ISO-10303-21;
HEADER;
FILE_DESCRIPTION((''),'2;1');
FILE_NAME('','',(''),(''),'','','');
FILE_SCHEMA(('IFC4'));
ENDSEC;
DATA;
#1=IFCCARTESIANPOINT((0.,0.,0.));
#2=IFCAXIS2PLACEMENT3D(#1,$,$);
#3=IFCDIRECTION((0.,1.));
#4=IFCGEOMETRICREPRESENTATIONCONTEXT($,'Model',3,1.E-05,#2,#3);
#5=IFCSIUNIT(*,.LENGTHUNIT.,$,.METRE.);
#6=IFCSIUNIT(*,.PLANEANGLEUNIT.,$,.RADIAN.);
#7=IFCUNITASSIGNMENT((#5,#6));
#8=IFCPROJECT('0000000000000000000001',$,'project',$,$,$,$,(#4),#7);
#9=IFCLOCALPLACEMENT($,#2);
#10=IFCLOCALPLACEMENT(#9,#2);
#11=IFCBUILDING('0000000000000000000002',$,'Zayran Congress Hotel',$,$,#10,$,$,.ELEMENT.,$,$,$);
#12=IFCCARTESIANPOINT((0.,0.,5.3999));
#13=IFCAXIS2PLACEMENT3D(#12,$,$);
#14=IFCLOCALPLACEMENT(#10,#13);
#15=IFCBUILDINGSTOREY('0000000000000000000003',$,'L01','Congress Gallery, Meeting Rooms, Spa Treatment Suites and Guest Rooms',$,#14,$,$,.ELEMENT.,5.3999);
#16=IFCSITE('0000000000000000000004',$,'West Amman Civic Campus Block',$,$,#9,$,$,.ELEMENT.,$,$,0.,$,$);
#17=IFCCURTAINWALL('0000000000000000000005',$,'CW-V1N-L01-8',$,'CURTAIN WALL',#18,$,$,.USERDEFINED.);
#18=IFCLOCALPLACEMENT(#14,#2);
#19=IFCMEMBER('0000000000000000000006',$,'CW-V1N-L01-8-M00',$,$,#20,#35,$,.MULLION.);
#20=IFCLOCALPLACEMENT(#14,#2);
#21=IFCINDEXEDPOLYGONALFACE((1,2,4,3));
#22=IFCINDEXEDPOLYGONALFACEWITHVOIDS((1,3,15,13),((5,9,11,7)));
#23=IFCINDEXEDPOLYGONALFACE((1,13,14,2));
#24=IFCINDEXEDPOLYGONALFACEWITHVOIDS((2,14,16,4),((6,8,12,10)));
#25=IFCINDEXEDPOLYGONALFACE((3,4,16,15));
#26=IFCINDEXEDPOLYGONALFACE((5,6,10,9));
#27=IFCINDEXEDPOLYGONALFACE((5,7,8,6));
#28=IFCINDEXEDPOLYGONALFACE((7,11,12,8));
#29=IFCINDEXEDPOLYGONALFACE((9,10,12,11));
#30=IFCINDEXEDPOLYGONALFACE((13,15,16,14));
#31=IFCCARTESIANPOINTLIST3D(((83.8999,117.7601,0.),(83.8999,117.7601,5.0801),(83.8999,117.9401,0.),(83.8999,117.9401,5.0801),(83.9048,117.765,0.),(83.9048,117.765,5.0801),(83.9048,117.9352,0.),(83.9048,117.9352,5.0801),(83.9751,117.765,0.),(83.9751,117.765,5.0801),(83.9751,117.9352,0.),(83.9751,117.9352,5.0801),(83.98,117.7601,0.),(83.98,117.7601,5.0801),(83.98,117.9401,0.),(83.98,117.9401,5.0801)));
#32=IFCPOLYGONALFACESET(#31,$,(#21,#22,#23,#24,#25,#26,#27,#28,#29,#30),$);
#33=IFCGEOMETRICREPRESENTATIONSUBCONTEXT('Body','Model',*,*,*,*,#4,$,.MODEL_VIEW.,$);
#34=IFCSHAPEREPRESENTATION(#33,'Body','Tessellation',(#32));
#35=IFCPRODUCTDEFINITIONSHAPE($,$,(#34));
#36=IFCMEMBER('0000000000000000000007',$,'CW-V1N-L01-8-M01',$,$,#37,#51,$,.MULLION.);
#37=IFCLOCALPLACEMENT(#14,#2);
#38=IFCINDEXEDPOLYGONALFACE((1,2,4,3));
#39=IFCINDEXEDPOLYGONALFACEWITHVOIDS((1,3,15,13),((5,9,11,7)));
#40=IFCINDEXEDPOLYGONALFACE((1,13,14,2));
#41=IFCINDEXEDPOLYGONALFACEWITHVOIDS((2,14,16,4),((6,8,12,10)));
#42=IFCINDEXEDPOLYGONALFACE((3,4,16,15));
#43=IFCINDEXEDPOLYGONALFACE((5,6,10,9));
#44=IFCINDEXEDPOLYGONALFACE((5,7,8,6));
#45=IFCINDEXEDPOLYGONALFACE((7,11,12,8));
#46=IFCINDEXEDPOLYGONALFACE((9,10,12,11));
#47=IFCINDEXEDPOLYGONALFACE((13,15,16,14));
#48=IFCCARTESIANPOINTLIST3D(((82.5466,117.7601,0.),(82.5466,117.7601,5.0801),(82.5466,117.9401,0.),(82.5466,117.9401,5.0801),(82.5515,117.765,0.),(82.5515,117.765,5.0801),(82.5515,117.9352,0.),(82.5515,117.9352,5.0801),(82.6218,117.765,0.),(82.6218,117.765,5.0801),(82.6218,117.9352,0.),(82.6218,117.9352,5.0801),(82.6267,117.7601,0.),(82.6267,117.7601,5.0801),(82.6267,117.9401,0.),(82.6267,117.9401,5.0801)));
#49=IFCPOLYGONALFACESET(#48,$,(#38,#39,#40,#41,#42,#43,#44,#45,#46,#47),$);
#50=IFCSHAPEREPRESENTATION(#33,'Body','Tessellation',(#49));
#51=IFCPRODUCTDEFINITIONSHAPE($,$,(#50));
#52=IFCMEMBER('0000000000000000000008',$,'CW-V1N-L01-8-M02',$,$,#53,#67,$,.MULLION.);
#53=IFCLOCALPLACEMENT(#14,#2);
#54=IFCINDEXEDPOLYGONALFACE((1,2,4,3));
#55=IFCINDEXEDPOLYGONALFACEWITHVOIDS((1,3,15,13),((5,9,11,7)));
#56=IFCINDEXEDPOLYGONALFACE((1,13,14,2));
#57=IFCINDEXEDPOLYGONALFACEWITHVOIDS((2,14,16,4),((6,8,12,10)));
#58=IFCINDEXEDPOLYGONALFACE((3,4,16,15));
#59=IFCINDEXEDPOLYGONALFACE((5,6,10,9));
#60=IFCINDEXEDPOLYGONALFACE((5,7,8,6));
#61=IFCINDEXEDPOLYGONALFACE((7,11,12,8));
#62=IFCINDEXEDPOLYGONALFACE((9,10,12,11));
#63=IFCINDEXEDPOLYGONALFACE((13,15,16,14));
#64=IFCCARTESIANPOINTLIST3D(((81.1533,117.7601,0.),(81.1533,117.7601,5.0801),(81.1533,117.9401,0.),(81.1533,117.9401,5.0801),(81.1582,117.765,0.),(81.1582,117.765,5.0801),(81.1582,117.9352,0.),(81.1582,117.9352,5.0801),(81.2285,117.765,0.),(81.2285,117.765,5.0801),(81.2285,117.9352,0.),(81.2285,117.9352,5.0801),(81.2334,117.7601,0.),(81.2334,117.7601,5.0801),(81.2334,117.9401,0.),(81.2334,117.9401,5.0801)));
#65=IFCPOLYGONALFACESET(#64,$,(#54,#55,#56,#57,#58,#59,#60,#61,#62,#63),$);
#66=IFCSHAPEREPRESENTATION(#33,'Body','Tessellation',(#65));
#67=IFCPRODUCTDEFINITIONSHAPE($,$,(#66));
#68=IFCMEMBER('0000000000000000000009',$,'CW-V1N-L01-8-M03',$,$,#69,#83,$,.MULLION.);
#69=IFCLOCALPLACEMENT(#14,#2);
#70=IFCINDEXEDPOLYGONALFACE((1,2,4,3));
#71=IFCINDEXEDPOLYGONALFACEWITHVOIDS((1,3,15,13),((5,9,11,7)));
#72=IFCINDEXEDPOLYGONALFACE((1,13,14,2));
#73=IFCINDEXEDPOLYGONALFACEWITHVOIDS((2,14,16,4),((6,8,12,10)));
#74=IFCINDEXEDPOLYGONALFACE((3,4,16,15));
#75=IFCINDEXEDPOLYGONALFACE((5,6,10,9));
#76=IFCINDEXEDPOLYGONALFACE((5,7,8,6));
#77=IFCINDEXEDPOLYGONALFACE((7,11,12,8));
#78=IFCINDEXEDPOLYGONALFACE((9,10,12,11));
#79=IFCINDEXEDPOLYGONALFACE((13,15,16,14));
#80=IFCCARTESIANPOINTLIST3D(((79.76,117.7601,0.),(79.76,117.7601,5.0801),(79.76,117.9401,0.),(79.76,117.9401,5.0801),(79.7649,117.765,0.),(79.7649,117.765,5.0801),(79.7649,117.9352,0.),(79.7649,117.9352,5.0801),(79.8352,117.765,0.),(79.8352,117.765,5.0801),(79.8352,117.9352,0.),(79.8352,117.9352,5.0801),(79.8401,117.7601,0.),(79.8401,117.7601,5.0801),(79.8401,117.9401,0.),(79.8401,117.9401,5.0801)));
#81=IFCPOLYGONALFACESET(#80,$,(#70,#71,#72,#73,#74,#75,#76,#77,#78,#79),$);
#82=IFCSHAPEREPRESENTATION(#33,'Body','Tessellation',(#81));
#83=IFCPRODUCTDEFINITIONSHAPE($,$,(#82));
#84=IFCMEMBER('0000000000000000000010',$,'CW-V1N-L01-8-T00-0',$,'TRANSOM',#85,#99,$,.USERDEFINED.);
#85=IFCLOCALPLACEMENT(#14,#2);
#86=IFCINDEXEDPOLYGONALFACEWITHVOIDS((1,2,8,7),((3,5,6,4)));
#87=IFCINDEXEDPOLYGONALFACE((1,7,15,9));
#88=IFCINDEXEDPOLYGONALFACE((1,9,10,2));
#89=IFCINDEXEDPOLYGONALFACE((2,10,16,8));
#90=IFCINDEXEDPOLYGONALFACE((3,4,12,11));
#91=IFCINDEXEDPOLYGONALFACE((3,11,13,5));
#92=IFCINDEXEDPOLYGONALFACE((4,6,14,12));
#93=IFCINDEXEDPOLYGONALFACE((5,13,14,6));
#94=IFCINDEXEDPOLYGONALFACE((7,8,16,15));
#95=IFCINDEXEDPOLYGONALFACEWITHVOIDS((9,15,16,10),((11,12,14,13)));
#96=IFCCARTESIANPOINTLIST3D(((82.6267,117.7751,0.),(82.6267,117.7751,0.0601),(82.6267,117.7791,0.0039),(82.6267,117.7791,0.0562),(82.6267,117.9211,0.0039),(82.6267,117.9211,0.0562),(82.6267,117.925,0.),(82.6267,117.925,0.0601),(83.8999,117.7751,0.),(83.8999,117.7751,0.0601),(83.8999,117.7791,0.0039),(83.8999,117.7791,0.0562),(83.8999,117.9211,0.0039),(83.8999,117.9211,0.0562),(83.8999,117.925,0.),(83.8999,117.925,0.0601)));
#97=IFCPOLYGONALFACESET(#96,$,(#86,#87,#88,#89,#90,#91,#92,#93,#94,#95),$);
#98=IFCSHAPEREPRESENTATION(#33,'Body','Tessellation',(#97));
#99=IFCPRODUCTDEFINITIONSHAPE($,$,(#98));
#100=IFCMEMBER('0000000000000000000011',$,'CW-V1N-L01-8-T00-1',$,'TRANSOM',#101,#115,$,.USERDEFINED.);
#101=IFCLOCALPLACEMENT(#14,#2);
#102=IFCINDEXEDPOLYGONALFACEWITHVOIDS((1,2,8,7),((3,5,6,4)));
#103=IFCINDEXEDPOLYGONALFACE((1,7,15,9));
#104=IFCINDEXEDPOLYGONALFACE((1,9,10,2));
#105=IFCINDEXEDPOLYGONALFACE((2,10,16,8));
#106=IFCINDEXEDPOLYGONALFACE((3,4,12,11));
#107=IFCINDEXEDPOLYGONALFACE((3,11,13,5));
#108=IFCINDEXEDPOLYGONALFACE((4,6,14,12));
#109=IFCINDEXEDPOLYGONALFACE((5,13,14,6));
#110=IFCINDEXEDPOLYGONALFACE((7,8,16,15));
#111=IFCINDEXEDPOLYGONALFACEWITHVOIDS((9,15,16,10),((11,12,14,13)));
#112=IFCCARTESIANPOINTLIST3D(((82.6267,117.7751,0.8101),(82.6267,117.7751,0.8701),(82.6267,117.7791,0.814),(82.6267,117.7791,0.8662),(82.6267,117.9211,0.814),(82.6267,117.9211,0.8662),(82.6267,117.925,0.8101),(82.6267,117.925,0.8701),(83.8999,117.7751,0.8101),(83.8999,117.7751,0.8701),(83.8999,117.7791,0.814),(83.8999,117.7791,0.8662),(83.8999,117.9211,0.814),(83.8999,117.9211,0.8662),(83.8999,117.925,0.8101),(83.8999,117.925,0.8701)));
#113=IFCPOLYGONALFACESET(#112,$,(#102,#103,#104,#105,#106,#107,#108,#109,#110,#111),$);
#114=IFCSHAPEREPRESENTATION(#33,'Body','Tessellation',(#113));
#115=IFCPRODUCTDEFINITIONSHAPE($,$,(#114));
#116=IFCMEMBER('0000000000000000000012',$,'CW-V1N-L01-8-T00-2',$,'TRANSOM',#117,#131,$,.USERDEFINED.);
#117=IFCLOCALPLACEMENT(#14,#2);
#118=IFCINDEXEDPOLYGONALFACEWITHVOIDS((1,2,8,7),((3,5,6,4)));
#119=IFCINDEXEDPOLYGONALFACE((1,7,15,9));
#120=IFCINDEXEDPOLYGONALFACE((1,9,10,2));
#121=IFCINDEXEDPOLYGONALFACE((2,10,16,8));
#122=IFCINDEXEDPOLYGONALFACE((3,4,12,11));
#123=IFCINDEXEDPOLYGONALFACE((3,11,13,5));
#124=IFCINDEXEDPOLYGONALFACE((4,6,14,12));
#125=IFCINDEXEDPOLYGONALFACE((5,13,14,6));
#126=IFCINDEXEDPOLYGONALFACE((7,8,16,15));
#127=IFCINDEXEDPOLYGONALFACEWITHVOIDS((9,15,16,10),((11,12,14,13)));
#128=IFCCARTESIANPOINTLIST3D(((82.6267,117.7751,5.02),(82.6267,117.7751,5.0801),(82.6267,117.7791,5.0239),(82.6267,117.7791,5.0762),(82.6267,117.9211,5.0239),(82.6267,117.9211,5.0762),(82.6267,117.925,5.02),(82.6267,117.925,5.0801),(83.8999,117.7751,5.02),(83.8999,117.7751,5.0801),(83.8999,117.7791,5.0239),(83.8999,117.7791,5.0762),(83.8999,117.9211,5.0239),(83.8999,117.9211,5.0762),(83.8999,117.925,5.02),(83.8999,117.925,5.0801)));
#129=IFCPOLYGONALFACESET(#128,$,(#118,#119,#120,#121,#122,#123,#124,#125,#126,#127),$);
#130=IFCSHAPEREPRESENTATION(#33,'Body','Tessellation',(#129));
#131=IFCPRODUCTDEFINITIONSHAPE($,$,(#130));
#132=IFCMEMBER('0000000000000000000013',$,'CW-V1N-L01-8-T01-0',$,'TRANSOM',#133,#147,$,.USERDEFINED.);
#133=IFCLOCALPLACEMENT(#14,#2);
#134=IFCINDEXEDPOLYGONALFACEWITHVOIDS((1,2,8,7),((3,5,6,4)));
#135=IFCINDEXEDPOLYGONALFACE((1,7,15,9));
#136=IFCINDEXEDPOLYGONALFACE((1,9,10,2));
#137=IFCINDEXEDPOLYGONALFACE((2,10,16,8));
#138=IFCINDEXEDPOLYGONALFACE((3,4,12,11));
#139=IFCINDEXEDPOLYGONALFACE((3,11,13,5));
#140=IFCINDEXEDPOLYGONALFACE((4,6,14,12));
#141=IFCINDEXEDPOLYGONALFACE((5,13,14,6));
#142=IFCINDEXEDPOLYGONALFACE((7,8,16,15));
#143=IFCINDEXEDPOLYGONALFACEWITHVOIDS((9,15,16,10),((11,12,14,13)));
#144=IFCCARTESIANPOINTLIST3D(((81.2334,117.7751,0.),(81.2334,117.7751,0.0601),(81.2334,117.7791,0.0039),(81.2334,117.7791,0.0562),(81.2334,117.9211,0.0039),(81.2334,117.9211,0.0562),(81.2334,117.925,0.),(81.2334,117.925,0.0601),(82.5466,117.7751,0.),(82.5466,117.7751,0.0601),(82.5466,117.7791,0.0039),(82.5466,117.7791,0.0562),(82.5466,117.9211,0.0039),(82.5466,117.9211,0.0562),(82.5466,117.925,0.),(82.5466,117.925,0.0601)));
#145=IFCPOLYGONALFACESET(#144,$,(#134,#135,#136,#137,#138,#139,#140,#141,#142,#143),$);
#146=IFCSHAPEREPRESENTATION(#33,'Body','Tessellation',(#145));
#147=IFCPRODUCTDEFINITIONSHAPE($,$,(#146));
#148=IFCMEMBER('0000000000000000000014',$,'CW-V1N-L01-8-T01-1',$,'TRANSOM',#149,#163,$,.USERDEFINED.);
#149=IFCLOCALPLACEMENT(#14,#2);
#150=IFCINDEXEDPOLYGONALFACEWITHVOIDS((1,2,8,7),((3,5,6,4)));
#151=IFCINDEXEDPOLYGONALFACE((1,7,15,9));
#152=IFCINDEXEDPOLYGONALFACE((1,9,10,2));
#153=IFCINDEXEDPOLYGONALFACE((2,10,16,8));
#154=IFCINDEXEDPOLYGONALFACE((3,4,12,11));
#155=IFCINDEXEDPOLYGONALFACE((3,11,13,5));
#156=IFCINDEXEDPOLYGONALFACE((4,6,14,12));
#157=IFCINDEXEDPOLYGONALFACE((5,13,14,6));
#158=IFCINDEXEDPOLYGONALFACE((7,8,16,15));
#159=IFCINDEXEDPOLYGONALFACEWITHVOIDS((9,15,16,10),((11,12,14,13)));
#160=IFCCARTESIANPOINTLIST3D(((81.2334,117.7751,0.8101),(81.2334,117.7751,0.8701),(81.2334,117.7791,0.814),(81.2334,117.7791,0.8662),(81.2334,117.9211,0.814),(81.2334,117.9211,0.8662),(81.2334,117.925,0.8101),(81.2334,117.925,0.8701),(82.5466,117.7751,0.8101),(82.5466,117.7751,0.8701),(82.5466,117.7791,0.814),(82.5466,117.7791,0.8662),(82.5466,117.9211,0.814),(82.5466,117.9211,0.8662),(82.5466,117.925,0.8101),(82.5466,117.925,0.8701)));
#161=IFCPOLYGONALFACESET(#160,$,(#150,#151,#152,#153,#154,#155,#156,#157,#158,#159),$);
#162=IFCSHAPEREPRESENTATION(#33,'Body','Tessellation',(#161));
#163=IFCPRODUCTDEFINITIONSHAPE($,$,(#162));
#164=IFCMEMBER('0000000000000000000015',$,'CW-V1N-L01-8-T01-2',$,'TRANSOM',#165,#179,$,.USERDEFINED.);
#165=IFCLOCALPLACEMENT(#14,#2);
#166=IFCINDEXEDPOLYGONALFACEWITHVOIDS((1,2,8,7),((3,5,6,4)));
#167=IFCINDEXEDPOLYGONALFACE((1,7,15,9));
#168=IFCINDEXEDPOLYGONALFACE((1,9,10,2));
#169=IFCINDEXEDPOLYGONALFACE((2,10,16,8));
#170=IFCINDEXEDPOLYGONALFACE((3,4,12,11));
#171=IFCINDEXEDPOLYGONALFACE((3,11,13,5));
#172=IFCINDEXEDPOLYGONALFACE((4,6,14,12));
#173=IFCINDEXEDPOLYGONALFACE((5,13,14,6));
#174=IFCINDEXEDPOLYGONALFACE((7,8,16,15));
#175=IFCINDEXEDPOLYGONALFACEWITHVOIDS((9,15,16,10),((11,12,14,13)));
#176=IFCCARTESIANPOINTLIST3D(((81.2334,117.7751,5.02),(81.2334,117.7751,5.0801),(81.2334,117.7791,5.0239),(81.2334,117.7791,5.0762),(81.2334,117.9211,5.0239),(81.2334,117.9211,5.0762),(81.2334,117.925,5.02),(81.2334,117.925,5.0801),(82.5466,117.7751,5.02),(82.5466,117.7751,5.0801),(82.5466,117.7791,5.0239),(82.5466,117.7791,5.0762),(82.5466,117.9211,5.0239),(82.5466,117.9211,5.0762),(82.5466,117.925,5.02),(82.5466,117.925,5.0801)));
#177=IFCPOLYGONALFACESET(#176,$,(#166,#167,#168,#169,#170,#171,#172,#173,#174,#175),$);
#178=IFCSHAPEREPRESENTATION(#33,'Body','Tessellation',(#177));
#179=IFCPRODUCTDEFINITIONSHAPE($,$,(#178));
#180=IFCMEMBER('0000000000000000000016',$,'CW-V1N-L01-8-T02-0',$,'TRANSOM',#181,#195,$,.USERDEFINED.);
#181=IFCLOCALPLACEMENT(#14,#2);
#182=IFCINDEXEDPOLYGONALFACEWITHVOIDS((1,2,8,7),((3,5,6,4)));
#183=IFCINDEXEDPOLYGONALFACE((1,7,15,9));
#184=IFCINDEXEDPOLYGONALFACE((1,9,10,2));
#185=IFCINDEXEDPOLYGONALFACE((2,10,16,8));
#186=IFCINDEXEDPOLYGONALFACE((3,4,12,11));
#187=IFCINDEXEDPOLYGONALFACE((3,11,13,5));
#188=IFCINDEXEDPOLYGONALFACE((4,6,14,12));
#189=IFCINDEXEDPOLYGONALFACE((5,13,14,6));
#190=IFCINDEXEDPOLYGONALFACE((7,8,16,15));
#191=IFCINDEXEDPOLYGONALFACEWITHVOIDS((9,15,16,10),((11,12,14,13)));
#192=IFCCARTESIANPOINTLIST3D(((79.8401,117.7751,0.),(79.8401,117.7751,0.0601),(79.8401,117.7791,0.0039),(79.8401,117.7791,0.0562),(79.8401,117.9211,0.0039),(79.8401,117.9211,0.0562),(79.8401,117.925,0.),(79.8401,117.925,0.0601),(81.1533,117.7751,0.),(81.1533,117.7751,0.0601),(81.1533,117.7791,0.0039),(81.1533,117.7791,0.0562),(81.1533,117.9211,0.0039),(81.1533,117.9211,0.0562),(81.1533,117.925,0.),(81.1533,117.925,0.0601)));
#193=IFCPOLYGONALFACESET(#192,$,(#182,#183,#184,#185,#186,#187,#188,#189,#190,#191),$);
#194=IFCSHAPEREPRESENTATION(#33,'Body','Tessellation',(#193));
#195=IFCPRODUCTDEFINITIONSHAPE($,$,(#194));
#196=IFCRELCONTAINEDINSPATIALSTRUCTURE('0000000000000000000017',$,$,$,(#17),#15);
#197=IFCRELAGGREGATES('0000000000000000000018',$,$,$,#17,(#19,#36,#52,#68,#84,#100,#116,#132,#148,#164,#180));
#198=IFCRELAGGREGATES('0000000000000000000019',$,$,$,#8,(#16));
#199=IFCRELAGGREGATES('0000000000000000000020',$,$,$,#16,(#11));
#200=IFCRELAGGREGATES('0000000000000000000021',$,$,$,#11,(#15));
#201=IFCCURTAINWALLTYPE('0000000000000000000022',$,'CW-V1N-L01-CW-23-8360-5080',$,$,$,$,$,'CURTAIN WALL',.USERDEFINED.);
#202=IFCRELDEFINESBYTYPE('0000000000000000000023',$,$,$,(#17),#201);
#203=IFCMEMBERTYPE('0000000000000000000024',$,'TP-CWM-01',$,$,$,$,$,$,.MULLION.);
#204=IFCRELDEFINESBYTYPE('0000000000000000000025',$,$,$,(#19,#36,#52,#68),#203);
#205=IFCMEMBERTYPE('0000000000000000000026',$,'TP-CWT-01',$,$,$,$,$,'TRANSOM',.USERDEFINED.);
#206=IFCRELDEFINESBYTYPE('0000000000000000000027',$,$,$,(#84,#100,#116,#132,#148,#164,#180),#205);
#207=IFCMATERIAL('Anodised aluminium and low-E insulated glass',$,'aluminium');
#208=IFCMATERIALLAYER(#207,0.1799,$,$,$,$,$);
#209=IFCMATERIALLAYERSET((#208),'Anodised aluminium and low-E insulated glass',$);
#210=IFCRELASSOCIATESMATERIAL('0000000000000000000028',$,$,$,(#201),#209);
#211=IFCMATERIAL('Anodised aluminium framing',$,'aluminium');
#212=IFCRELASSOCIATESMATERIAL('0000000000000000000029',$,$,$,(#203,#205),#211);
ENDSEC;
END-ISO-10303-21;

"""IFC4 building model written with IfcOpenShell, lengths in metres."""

from ifc_helpers import new_model, si_unit, direction, frame, origin, origin_2d, place, context, subcontext, project, spatial, hollow_rectangle, extrude, material, layer, layer_set, material_profile, profile_set, type_object, element, aggregate, save


model = new_model("IFC4")

# Units and contexts
model_context = context("Model", 3, precision=1e-05, world=origin(), true_north=direction((0.0, 1.0)))
body_context = subcontext(model_context, "Body", "Model", "MODEL_VIEW")
ifc_project = project(units=[si_unit("LENGTHUNIT", "METRE"), si_unit("PLANEANGLEUNIT", "RADIAN")], contexts=[model_context])

# Site, building, storey
site_placement = place(None, origin())
site = spatial("IfcSite", under=ifc_project, at=site_placement, Name="West Amman Civic Campus Block", CompositionType="ELEMENT", RefElevation=0.0)
building_placement = place(site_placement, origin())
building = spatial("IfcBuilding", under=site, at=building_placement, Name="Zayran Congress Hotel", CompositionType="ELEMENT")
storey_placement = place(building_placement, frame((0.0, 0.0, 5.3999)))
storey = spatial("IfcBuildingStorey", under=building, at=storey_placement, Name="L01", Description="Congress Gallery, Meeting Rooms, Spa Treatment Suites and Guest Rooms", CompositionType="ELEMENT", Elevation=5.3999)

# Curtain wall, members
ifc_material_1 = material(Name="Anodised aluminium and low-E insulated glass", Category="aluminium")
ifc_layer_1 = layer(ifc_material_1, 0.1799)
ifc_layer_set_1 = layer_set([ifc_layer_1], Name="Anodised aluminium and low-E insulated glass")
curtain_wall_type = type_object("IfcCurtainWallType", Name="CW-V1N-L01-CW-23-8360-5080", ElementType="CURTAIN WALL", PredefinedType="USERDEFINED", material=ifc_layer_set_1)
curtain_wall_placement = place(storey_placement, origin())
curtain_wall = element("IfcCurtainWall", 1, at=curtain_wall_placement, inside=storey, type_object=curtain_wall_type, Name="CW-V1N-L01-8", ObjectType="CURTAIN WALL", PredefinedType="USERDEFINED")
ifc_material_2 = material(Name="Anodised aluminium framing", Category="aluminium")
ifc_material_profile_1 = material_profile(ifc_material_2, hollow_rectangle(XDim=0.0801, YDim=0.1799, WallThickness=0.0049, at=origin_2d()), Name="RHS 180x80x5")
ifc_profile_set_1 = profile_set([ifc_material_profile_1], Name="Anodised aluminium framing")
member_type_1 = type_object("IfcMemberType", Name="TP-CWM-01", PredefinedType="MULLION", material=ifc_profile_set_1)
member_1_placement = place(storey_placement, frame((83.9399, 117.8501, 0.0), z_axis=(0.0, 0.0, 1.0), x_axis=(1.0, 0.0, 0.0)))
member_1 = element("IfcMember", 2, at=member_1_placement, type_object=member_type_1, Name="CW-V1N-L01-8-M00", PredefinedType="MULLION", context=body_context, shape_type="SweptSolid", body=[
    extrude(hollow_rectangle(XDim=0.0801, YDim=0.1799, WallThickness=0.0049, at=origin_2d()), origin(), (0.0, 0.0, 1.0), 5.0801),
])
member_2_placement = place(storey_placement, frame((82.5867, 117.8501, 0.0), z_axis=(0.0, 0.0, 1.0), x_axis=(1.0, 0.0, 0.0)))
member_2 = element("IfcMember", 3, at=member_2_placement, type_object=member_type_1, Name="CW-V1N-L01-8-M01", PredefinedType="MULLION", context=body_context, shape_type="SweptSolid", body=[
    extrude(hollow_rectangle(XDim=0.0801, YDim=0.1799, WallThickness=0.0049, at=origin_2d()), origin(), (0.0, 0.0, 1.0), 5.0801),
])
member_3_placement = place(storey_placement, frame((81.1934, 117.8501, 0.0), z_axis=(0.0, 0.0, 1.0), x_axis=(1.0, 0.0, 0.0)))
member_3 = element("IfcMember", 4, at=member_3_placement, type_object=member_type_1, Name="CW-V1N-L01-8-M02", PredefinedType="MULLION", context=body_context, shape_type="SweptSolid", body=[
    extrude(hollow_rectangle(XDim=0.0801, YDim=0.1799, WallThickness=0.0049, at=origin_2d()), origin(), (0.0, 0.0, 1.0), 5.0801),
])
member_4_placement = place(storey_placement, frame((79.8, 117.8501, 0.0), z_axis=(0.0, 0.0, 1.0), x_axis=(1.0, 0.0, 0.0)))
member_4 = element("IfcMember", 5, at=member_4_placement, type_object=member_type_1, Name="CW-V1N-L01-8-M03", PredefinedType="MULLION", context=body_context, shape_type="SweptSolid", body=[
    extrude(hollow_rectangle(XDim=0.0801, YDim=0.1799, WallThickness=0.0049, at=origin_2d()), origin(), (0.0, 0.0, 1.0), 5.0801),
])
ifc_material_profile_2 = material_profile(ifc_material_2, hollow_rectangle(XDim=0.0601, YDim=0.1499, WallThickness=0.0039, at=origin_2d()), Name="RHS 150x60x4")
ifc_profile_set_2 = profile_set([ifc_material_profile_2], Name="Anodised aluminium framing")
member_type_2 = type_object("IfcMemberType", Name="TP-CWT-01", ElementType="TRANSOM", PredefinedType="USERDEFINED", material=ifc_profile_set_2)
member_5_placement = place(storey_placement, frame((83.8999, 117.8501, 0.03), z_axis=(-1.0, 0.0, 0.0), x_axis=(0.0, 0.0, 1.0)))
member_5 = element("IfcMember", 6, at=member_5_placement, type_object=member_type_2, Name="CW-V1N-L01-8-T00-0", ObjectType="TRANSOM", PredefinedType="USERDEFINED", context=body_context, shape_type="SweptSolid", body=[
    extrude(hollow_rectangle(XDim=0.0601, YDim=0.1499, WallThickness=0.0039, at=origin_2d()), origin(), (0.0, 0.0, 1.0), 1.2732),
])
member_6_placement = place(storey_placement, frame((83.8999, 117.8501, 0.8401), z_axis=(-1.0, 0.0, 0.0), x_axis=(0.0, 0.0, 1.0)))
member_6 = element("IfcMember", 7, at=member_6_placement, type_object=member_type_2, Name="CW-V1N-L01-8-T00-1", ObjectType="TRANSOM", PredefinedType="USERDEFINED", context=body_context, shape_type="SweptSolid", body=[
    extrude(hollow_rectangle(XDim=0.0601, YDim=0.1499, WallThickness=0.0039, at=origin_2d()), origin(), (0.0, 0.0, 1.0), 1.2732),
])
member_7_placement = place(storey_placement, frame((83.8999, 117.8501, 5.05), z_axis=(-1.0, 0.0, 0.0), x_axis=(0.0, 0.0, 1.0)))
member_7 = element("IfcMember", 8, at=member_7_placement, type_object=member_type_2, Name="CW-V1N-L01-8-T00-2", ObjectType="TRANSOM", PredefinedType="USERDEFINED", context=body_context, shape_type="SweptSolid", body=[
    extrude(hollow_rectangle(XDim=0.0601, YDim=0.1499, WallThickness=0.0039, at=origin_2d()), origin(), (0.0, 0.0, 1.0), 1.2732),
])
member_8_placement = place(storey_placement, frame((82.5466, 117.8501, 0.03), z_axis=(-1.0, 0.0, 0.0), x_axis=(0.0, 0.0, 1.0)))
member_8 = element("IfcMember", 9, at=member_8_placement, type_object=member_type_2, Name="CW-V1N-L01-8-T01-0", ObjectType="TRANSOM", PredefinedType="USERDEFINED", context=body_context, shape_type="SweptSolid", body=[
    extrude(hollow_rectangle(XDim=0.0601, YDim=0.1499, WallThickness=0.0039, at=origin_2d()), origin(), (0.0, 0.0, 1.0), 1.3132),
])
member_9_placement = place(storey_placement, frame((82.5466, 117.8501, 0.8401), z_axis=(-1.0, 0.0, 0.0), x_axis=(0.0, 0.0, 1.0)))
member_9 = element("IfcMember", 10, at=member_9_placement, type_object=member_type_2, Name="CW-V1N-L01-8-T01-1", ObjectType="TRANSOM", PredefinedType="USERDEFINED", context=body_context, shape_type="SweptSolid", body=[
    extrude(hollow_rectangle(XDim=0.0601, YDim=0.1499, WallThickness=0.0039, at=origin_2d()), origin(), (0.0, 0.0, 1.0), 1.3132),
])
member_10_placement = place(storey_placement, frame((82.5466, 117.8501, 5.05), z_axis=(-1.0, 0.0, 0.0), x_axis=(0.0, 0.0, 1.0)))
member_10 = element("IfcMember", 11, at=member_10_placement, type_object=member_type_2, Name="CW-V1N-L01-8-T01-2", ObjectType="TRANSOM", PredefinedType="USERDEFINED", context=body_context, shape_type="SweptSolid", body=[
    extrude(hollow_rectangle(XDim=0.0601, YDim=0.1499, WallThickness=0.0039, at=origin_2d()), origin(), (0.0, 0.0, 1.0), 1.3132),
])
member_11_placement = place(storey_placement, frame((81.1533, 117.8501, 0.03), z_axis=(-1.0, 0.0, 0.0), x_axis=(0.0, 0.0, 1.0)))
member_11 = element("IfcMember", 12, at=member_11_placement, type_object=member_type_2, Name="CW-V1N-L01-8-T02-0", ObjectType="TRANSOM", PredefinedType="USERDEFINED", context=body_context, shape_type="SweptSolid", body=[
    extrude(hollow_rectangle(XDim=0.0601, YDim=0.1499, WallThickness=0.0039, at=origin_2d()), origin(), (0.0, 0.0, 1.0), 1.3132),
])
aggregate(curtain_wall, [member_1, member_2, member_3, member_4, member_5, member_6, member_7, member_8, member_9, member_10, member_11])

save(model, "model.ifc")
